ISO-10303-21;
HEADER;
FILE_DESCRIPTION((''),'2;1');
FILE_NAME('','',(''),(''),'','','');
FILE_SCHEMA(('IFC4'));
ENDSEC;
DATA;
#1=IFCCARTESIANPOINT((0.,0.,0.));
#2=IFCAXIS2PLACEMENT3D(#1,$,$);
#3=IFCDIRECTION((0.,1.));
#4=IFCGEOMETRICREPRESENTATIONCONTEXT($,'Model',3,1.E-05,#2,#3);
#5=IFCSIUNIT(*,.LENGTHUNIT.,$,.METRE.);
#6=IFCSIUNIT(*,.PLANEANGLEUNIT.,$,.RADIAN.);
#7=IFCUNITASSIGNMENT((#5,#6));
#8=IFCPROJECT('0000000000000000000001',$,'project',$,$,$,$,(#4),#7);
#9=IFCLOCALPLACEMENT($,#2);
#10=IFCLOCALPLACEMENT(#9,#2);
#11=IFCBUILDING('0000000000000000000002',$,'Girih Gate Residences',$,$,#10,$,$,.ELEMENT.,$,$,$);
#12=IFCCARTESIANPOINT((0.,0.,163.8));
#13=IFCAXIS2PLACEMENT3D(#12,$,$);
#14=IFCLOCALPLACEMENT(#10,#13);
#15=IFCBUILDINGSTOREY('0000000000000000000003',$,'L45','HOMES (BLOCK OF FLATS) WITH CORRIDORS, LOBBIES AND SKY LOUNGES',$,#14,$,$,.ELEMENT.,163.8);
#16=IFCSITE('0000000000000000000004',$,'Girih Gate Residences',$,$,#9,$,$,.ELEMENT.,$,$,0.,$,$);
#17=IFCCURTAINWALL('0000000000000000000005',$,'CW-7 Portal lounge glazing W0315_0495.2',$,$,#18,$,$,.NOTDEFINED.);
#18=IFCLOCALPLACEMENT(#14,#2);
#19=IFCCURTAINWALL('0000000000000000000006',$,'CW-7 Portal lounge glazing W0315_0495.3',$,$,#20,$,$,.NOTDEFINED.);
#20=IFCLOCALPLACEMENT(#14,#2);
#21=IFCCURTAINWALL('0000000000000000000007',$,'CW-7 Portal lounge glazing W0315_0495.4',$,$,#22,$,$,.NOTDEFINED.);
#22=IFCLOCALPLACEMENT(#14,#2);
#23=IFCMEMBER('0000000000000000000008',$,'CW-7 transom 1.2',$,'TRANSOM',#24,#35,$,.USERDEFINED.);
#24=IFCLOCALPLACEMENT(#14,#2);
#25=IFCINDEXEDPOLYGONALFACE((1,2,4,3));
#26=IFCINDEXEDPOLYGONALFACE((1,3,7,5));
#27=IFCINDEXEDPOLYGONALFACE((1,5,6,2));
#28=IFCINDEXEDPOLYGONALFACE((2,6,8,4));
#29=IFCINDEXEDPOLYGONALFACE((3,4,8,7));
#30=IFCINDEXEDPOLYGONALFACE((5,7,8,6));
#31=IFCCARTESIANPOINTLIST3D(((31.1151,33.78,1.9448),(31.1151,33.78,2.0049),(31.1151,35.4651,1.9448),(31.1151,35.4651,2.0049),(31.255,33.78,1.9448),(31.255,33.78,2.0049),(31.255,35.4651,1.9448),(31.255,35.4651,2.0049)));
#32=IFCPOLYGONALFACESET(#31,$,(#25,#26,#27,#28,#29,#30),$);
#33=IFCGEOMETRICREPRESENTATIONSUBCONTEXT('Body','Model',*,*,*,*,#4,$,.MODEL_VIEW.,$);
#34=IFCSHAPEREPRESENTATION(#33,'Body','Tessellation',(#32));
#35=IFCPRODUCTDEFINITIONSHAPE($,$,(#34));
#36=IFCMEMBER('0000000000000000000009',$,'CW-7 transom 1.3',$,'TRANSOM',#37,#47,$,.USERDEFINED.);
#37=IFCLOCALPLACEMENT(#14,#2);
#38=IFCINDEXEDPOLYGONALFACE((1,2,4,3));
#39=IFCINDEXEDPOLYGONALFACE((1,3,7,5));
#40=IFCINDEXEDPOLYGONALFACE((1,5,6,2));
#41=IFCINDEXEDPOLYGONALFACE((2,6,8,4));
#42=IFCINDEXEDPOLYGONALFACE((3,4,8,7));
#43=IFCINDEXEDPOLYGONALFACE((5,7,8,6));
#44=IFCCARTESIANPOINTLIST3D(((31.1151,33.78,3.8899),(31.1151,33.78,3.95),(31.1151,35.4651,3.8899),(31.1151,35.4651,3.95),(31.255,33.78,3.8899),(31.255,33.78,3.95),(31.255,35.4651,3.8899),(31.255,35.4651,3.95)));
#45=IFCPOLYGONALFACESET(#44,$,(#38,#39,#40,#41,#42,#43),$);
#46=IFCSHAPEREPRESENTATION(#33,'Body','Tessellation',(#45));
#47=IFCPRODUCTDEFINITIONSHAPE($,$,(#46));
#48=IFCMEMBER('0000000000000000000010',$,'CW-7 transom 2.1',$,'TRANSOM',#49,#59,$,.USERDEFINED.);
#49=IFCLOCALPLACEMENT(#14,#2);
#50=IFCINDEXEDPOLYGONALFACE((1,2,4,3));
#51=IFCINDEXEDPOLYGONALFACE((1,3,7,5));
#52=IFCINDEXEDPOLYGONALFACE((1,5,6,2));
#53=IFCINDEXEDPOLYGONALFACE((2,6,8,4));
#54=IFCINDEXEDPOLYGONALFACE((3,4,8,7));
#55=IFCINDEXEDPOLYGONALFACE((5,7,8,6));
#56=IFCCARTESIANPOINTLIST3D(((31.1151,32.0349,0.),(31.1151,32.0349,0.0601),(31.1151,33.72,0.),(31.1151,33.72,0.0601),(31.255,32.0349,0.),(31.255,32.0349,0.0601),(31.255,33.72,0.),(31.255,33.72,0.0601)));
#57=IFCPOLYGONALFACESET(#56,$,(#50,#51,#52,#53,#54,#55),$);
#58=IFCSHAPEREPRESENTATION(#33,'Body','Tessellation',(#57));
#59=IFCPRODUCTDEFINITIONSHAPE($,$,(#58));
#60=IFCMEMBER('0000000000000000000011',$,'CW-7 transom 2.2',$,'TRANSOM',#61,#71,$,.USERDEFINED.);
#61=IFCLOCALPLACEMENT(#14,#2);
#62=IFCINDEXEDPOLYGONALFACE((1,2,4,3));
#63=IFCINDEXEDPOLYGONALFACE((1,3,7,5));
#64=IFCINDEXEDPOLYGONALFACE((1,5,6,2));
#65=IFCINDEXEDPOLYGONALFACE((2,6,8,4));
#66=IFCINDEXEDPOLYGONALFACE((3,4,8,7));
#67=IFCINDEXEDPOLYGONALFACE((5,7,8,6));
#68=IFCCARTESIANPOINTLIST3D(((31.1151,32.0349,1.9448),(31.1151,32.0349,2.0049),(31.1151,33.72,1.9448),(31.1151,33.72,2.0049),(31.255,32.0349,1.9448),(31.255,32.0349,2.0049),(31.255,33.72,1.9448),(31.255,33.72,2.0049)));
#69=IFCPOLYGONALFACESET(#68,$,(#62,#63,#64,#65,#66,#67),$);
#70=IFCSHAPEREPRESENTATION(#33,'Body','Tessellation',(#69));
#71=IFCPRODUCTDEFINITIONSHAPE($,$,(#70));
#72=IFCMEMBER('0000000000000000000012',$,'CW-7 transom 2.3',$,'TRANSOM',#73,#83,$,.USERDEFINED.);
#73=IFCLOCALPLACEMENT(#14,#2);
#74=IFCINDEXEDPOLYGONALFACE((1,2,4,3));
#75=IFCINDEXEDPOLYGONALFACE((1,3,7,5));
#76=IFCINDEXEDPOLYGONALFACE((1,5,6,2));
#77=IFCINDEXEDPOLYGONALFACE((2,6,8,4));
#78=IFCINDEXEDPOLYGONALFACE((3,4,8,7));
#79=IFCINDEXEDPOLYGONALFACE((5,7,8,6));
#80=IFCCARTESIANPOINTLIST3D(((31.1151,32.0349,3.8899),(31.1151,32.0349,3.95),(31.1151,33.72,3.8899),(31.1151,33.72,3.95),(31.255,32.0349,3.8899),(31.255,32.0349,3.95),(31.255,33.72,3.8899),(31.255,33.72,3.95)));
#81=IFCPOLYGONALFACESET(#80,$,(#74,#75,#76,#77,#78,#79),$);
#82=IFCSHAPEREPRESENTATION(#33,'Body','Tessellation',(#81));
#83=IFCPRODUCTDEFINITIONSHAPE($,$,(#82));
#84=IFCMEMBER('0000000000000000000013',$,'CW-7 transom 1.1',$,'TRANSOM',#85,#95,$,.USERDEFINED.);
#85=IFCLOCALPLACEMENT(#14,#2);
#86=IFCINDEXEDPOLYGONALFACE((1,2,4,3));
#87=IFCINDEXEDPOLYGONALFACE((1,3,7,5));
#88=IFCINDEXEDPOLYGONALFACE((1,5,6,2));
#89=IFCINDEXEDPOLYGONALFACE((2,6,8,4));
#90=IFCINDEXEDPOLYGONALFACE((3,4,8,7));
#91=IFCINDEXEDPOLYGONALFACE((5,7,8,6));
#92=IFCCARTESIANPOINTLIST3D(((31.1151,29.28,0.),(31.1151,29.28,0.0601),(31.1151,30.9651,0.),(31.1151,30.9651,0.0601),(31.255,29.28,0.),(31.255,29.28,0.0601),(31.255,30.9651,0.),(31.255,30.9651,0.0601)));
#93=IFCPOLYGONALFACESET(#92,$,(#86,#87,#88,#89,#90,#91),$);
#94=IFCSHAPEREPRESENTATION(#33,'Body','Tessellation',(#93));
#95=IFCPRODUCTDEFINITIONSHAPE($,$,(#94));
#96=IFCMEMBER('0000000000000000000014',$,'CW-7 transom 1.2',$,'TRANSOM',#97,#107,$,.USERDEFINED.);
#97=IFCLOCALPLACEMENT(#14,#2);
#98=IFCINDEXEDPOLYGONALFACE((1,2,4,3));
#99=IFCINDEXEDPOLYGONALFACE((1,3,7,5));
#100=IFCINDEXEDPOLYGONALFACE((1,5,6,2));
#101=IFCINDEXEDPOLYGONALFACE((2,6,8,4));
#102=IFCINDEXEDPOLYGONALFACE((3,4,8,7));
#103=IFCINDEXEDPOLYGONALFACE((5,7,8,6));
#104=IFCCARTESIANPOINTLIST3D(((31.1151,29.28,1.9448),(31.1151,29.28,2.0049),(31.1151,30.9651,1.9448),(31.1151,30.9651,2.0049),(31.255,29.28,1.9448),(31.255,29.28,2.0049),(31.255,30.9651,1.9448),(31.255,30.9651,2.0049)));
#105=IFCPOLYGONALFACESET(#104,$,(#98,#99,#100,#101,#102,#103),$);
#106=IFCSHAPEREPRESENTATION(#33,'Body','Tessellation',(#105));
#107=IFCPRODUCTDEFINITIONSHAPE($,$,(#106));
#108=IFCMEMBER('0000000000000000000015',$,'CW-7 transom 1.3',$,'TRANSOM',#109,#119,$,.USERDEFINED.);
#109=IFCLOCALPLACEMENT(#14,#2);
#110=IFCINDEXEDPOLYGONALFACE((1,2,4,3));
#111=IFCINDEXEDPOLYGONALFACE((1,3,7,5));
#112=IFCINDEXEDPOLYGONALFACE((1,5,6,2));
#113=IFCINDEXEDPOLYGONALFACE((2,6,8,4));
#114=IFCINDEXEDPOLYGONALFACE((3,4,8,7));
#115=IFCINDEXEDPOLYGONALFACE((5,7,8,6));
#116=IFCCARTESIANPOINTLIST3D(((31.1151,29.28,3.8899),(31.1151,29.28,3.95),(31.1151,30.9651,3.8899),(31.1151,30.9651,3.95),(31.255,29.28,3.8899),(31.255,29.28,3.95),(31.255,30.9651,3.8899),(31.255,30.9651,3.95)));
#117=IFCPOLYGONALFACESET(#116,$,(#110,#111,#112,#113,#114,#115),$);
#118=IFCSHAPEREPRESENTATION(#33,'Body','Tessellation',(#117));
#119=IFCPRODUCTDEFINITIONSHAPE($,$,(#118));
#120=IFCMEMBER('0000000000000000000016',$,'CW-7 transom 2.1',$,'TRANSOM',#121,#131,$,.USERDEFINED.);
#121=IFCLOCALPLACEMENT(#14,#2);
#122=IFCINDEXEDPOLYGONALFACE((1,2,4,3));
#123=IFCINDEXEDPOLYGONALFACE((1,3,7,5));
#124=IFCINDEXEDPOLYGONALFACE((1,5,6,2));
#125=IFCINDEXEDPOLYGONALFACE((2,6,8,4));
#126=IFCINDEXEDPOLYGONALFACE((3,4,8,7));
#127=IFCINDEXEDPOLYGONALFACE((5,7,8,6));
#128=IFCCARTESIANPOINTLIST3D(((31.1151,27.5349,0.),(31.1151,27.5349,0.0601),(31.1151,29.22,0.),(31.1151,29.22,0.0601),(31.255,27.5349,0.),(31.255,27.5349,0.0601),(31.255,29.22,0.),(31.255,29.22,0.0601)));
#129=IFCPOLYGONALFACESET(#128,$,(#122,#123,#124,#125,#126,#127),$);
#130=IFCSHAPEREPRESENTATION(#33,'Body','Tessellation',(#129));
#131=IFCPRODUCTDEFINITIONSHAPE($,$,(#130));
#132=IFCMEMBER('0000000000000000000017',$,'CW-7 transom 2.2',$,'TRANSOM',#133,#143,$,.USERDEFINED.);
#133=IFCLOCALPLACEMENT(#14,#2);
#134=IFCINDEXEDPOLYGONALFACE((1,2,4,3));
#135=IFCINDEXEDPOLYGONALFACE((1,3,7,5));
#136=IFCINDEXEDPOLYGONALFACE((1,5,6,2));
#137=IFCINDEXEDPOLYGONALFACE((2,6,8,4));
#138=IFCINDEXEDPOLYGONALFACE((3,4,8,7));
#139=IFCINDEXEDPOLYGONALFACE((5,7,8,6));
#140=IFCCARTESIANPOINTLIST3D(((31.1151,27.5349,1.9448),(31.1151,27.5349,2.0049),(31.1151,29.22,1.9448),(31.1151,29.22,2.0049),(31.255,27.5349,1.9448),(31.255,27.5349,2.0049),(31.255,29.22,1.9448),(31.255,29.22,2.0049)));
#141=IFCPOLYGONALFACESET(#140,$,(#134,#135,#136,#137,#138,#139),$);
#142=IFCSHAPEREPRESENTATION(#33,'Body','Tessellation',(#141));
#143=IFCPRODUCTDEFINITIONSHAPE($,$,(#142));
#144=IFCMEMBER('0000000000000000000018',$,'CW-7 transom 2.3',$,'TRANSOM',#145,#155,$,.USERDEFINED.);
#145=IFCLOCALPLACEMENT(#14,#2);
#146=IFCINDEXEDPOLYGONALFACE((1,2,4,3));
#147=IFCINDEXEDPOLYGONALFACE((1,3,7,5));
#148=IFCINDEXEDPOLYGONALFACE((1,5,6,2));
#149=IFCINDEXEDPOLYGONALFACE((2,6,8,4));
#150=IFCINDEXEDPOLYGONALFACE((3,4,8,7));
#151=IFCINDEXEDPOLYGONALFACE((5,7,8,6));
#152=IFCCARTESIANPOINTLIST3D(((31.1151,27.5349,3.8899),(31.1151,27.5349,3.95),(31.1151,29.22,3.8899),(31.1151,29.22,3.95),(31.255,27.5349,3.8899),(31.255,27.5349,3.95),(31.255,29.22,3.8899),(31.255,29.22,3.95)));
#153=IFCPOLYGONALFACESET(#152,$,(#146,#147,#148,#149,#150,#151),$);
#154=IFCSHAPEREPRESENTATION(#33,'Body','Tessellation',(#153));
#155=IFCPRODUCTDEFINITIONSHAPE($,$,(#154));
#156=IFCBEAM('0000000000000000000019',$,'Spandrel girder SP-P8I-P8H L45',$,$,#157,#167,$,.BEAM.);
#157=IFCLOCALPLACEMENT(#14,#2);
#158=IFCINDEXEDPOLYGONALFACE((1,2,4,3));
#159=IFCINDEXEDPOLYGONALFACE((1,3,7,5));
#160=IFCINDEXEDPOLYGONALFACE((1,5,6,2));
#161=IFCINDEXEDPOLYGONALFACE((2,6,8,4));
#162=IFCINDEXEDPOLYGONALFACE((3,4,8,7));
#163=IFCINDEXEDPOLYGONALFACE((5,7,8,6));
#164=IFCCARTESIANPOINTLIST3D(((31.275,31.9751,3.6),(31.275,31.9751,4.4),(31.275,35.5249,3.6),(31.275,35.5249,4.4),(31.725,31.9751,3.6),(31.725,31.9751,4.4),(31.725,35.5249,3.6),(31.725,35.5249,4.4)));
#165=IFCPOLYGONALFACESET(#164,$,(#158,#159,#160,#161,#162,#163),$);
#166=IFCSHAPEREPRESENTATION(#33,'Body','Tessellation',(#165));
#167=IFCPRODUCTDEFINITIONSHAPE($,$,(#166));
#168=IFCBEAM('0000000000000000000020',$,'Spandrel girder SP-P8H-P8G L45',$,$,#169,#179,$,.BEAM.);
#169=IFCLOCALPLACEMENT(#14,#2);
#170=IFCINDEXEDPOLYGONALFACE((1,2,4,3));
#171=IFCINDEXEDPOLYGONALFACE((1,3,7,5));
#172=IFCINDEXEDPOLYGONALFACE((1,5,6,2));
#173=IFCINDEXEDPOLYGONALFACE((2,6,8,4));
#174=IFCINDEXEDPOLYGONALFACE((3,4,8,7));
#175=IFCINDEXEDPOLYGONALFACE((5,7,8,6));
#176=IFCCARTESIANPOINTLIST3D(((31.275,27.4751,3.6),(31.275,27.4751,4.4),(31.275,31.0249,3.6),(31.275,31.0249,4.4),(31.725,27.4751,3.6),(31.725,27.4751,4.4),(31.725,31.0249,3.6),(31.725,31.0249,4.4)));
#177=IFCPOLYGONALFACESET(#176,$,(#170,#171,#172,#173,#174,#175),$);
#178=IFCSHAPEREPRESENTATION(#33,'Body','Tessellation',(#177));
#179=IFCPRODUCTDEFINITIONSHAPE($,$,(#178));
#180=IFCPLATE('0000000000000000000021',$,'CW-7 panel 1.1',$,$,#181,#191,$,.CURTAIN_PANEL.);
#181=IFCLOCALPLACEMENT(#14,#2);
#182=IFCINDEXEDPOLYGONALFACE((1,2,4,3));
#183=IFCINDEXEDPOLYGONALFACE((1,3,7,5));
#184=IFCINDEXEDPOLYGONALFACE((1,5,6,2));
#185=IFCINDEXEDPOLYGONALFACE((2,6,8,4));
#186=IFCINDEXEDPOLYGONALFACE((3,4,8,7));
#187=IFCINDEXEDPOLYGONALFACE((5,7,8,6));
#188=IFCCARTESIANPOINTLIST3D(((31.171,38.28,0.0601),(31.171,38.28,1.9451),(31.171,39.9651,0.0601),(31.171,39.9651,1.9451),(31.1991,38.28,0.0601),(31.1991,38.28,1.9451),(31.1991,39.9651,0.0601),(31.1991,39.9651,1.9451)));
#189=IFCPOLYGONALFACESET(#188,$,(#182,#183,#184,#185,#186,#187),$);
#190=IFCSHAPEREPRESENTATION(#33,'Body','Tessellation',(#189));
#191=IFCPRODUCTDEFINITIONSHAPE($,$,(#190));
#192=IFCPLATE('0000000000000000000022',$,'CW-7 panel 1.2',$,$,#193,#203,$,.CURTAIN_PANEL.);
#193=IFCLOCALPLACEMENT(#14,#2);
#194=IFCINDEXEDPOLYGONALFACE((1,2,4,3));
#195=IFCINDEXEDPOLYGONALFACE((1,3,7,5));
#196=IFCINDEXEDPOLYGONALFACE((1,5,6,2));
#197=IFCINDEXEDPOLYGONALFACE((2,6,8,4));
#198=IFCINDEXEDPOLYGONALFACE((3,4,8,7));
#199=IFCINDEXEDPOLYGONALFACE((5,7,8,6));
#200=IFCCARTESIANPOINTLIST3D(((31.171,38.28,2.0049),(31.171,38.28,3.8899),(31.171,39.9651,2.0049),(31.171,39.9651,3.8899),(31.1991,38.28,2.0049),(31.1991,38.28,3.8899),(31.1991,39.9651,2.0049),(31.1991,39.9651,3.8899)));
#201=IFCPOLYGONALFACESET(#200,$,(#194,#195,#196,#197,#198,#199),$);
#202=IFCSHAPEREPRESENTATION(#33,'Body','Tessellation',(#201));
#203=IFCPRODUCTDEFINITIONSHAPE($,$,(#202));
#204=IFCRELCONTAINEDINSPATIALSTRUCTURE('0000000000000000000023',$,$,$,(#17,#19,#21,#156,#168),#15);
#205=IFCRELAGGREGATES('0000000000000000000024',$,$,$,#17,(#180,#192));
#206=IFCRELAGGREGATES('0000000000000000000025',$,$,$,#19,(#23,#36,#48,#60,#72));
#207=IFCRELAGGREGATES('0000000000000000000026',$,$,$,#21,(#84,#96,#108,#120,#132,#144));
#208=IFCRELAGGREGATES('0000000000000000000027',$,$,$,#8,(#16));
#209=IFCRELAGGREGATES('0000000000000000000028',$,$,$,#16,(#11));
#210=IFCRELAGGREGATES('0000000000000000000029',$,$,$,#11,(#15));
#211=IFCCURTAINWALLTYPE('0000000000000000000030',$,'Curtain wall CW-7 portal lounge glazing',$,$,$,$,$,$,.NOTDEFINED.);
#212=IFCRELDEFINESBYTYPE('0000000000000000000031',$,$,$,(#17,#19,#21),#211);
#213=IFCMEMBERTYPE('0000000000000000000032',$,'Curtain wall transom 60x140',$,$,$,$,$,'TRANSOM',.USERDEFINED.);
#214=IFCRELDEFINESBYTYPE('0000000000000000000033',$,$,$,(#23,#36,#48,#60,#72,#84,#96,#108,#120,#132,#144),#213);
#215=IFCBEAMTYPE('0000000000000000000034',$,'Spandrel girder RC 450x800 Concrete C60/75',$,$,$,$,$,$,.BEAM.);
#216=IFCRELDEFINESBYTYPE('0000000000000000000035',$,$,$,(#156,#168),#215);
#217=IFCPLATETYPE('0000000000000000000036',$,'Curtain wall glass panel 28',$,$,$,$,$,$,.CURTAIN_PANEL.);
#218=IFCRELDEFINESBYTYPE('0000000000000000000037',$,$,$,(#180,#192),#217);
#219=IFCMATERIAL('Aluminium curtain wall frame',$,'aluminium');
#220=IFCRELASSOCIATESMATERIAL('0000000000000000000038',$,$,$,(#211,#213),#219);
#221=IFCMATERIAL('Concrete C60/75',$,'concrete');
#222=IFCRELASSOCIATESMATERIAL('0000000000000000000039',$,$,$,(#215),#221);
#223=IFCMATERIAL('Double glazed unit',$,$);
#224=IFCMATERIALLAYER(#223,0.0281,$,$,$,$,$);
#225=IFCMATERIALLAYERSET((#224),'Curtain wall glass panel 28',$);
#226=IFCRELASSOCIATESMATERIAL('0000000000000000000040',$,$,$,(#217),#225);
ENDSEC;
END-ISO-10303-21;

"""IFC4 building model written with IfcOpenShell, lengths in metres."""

from ifc_helpers import new_model, si_unit, direction, frame, origin, origin_2d, place, context, subcontext, project, spatial, rectangle, extrude, material, layer, layer_set, material_profile, profile_set, type_object, element, aggregate, save


model = new_model("IFC4")

# Units and contexts
model_context = context("Model", 3, precision=1e-05, world=origin(), true_north=direction((0.0, 1.0)))
body_context = subcontext(model_context, "Body", "Model", "MODEL_VIEW")
ifc_project = project(units=[si_unit("LENGTHUNIT", "METRE"), si_unit("PLANEANGLEUNIT", "RADIAN")], contexts=[model_context])

# Site, building, storey
site_placement = place(None, origin())
site = spatial("IfcSite", under=ifc_project, at=site_placement, Name="Girih Gate Residences", CompositionType="ELEMENT", RefElevation=0.0)
building_placement = place(site_placement, origin())
building = spatial("IfcBuilding", under=site, at=building_placement, Name="Girih Gate Residences", CompositionType="ELEMENT")
storey_placement = place(building_placement, frame((0.0, 0.0, 163.8)))
storey = spatial("IfcBuildingStorey", under=building, at=storey_placement, Name="L45", Description="HOMES (BLOCK OF FLATS) WITH CORRIDORS, LOBBIES AND SKY LOUNGES", CompositionType="ELEMENT", Elevation=163.8)

# Curtain walls
ifc_material_1 = material(Name="Aluminium curtain wall frame", Category="aluminium")
curtain_wall_type = type_object("IfcCurtainWallType", Name="Curtain wall CW-7 portal lounge glazing", PredefinedType="NOTDEFINED", material=ifc_material_1)
curtain_wall_1_placement = place(storey_placement, origin())
curtain_wall_1 = element("IfcCurtainWall", 1, at=curtain_wall_1_placement, inside=storey, type_object=curtain_wall_type, Name="CW-7 Portal lounge glazing W0315_0495.2", PredefinedType="NOTDEFINED")
curtain_wall_2_placement = place(storey_placement, origin())
curtain_wall_2 = element("IfcCurtainWall", 2, at=curtain_wall_2_placement, inside=storey, type_object=curtain_wall_type, Name="CW-7 Portal lounge glazing W0315_0495.3", PredefinedType="NOTDEFINED")
curtain_wall_3_placement = place(storey_placement, origin())
curtain_wall_3 = element("IfcCurtainWall", 3, at=curtain_wall_3_placement, inside=storey, type_object=curtain_wall_type, Name="CW-7 Portal lounge glazing W0315_0495.4", PredefinedType="NOTDEFINED")

# Members
ifc_material_profile_1 = material_profile(ifc_material_1, rectangle(XDim=0.1399, YDim=0.0601, at=origin_2d()))
ifc_profile_set_1 = profile_set([ifc_material_profile_1], Name="Aluminium curtain wall frame")
member_type_1 = type_object("IfcMemberType", Name="Curtain wall transom 60x140", ElementType="TRANSOM", PredefinedType="USERDEFINED", material=ifc_profile_set_1)
member_1_placement = place(storey_placement, frame((31.1851, 35.4651, 1.9749), z_axis=(0.0, -1.0, 0.0), x_axis=(1.0, 0.0, 0.0)))
member_1 = element("IfcMember", 4, at=member_1_placement, type_object=member_type_1, Name="CW-7 transom 1.2", ObjectType="TRANSOM", PredefinedType="USERDEFINED", context=body_context, shape_type="SweptSolid", body=[
    extrude(rectangle(XDim=0.1399, YDim=0.0601, at=origin_2d()), origin(), (0.0, 0.0, 1.0), 1.6851),
])
member_2_placement = place(storey_placement, frame((31.1851, 35.4651, 3.9199), z_axis=(0.0, -1.0, 0.0), x_axis=(1.0, 0.0, 0.0)))
member_2 = element("IfcMember", 5, at=member_2_placement, type_object=member_type_1, Name="CW-7 transom 1.3", ObjectType="TRANSOM", PredefinedType="USERDEFINED", context=body_context, shape_type="SweptSolid", body=[
    extrude(rectangle(XDim=0.1399, YDim=0.0601, at=origin_2d()), origin(), (0.0, 0.0, 1.0), 1.6851),
])
member_3_placement = place(storey_placement, frame((31.1851, 33.72, 0.03), z_axis=(0.0, -1.0, 0.0), x_axis=(1.0, 0.0, 0.0)))
member_3 = element("IfcMember", 6, at=member_3_placement, type_object=member_type_1, Name="CW-7 transom 2.1", ObjectType="TRANSOM", PredefinedType="USERDEFINED", context=body_context, shape_type="SweptSolid", body=[
    extrude(rectangle(XDim=0.1399, YDim=0.0601, at=origin_2d()), origin(), (0.0, 0.0, 1.0), 1.6851),
])
member_4_placement = place(storey_placement, frame((31.1851, 33.72, 1.9749), z_axis=(0.0, -1.0, 0.0), x_axis=(1.0, 0.0, 0.0)))
member_4 = element("IfcMember", 7, at=member_4_placement, type_object=member_type_1, Name="CW-7 transom 2.2", ObjectType="TRANSOM", PredefinedType="USERDEFINED", context=body_context, shape_type="SweptSolid", body=[
    extrude(rectangle(XDim=0.1399, YDim=0.0601, at=origin_2d()), origin(), (0.0, 0.0, 1.0), 1.6851),
])
member_5_placement = place(storey_placement, frame((31.1851, 33.72, 3.9199), z_axis=(0.0, -1.0, 0.0), x_axis=(1.0, 0.0, 0.0)))
member_5 = element("IfcMember", 8, at=member_5_placement, type_object=member_type_1, Name="CW-7 transom 2.3", ObjectType="TRANSOM", PredefinedType="USERDEFINED", context=body_context, shape_type="SweptSolid", body=[
    extrude(rectangle(XDim=0.1399, YDim=0.0601, at=origin_2d()), origin(), (0.0, 0.0, 1.0), 1.6851),
])
member_6_placement = place(storey_placement, frame((31.1851, 30.9651, 0.03), z_axis=(0.0, -1.0, 0.0), x_axis=(1.0, 0.0, 0.0)))
member_6 = element("IfcMember", 9, at=member_6_placement, type_object=member_type_1, Name="CW-7 transom 1.1", ObjectType="TRANSOM", PredefinedType="USERDEFINED", context=body_context, shape_type="SweptSolid", body=[
    extrude(rectangle(XDim=0.1399, YDim=0.0601, at=origin_2d()), origin(), (0.0, 0.0, 1.0), 1.6851),
])
member_7_placement = place(storey_placement, frame((31.1851, 30.9651, 1.9749), z_axis=(0.0, -1.0, 0.0), x_axis=(1.0, 0.0, 0.0)))
member_7 = element("IfcMember", 10, at=member_7_placement, type_object=member_type_1, Name="CW-7 transom 1.2", ObjectType="TRANSOM", PredefinedType="USERDEFINED", context=body_context, shape_type="SweptSolid", body=[
    extrude(rectangle(XDim=0.1399, YDim=0.0601, at=origin_2d()), origin(), (0.0, 0.0, 1.0), 1.6851),
])
member_8_placement = place(storey_placement, frame((31.1851, 30.9651, 3.9199), z_axis=(0.0, -1.0, 0.0), x_axis=(1.0, 0.0, 0.0)))
member_8 = element("IfcMember", 11, at=member_8_placement, type_object=member_type_1, Name="CW-7 transom 1.3", ObjectType="TRANSOM", PredefinedType="USERDEFINED", context=body_context, shape_type="SweptSolid", body=[
    extrude(rectangle(XDim=0.1399, YDim=0.0601, at=origin_2d()), origin(), (0.0, 0.0, 1.0), 1.6851),
])
member_9_placement = place(storey_placement, frame((31.1851, 29.22, 0.03), z_axis=(0.0, -1.0, 0.0), x_axis=(1.0, 0.0, 0.0)))
member_9 = element("IfcMember", 12, at=member_9_placement, type_object=member_type_1, Name="CW-7 transom 2.1", ObjectType="TRANSOM", PredefinedType="USERDEFINED", context=body_context, shape_type="SweptSolid", body=[
    extrude(rectangle(XDim=0.1399, YDim=0.0601, at=origin_2d()), origin(), (0.0, 0.0, 1.0), 1.6851),
])
member_10_placement = place(storey_placement, frame((31.1851, 29.22, 1.9749), z_axis=(0.0, -1.0, 0.0), x_axis=(1.0, 0.0, 0.0)))
member_10 = element("IfcMember", 13, at=member_10_placement, type_object=member_type_1, Name="CW-7 transom 2.2", ObjectType="TRANSOM", PredefinedType="USERDEFINED", context=body_context, shape_type="SweptSolid", body=[
    extrude(rectangle(XDim=0.1399, YDim=0.0601, at=origin_2d()), origin(), (0.0, 0.0, 1.0), 1.6851),
])
member_11_placement = place(storey_placement, frame((31.1851, 29.22, 3.9199), z_axis=(0.0, -1.0, 0.0), x_axis=(1.0, 0.0, 0.0)))
member_11 = element("IfcMember", 14, at=member_11_placement, type_object=member_type_1, Name="CW-7 transom 2.3", ObjectType="TRANSOM", PredefinedType="USERDEFINED", context=body_context, shape_type="SweptSolid", body=[
    extrude(rectangle(XDim=0.1399, YDim=0.0601, at=origin_2d()), origin(), (0.0, 0.0, 1.0), 1.6851),
])

# Beams
ifc_material_2 = material(Name="Concrete C60/75", Category="concrete")
ifc_material_profile_2 = material_profile(ifc_material_2, rectangle(XDim=0.45, YDim=0.8, at=origin_2d()))
ifc_profile_set_2 = profile_set([ifc_material_profile_2], Name="Concrete C60/75")
beam_type = type_object("IfcBeamType", Name="Spandrel girder RC 450x800 Concrete C60/75", PredefinedType="BEAM", material=ifc_profile_set_2)
for number, where, z_axis, x_axis, name in (
    (15, (31.5, 35.5249, 4.0), (0.0, -1.0, 0.0), (1.0, 0.0, 0.0), "Spandrel girder SP-P8I-P8H L45"),
    (16, (31.5, 31.0249, 4.0), (0.0, -1.0, 0.0), (1.0, 0.0, 0.0), "Spandrel girder SP-P8H-P8G L45"),
):
    element("IfcBeam", number, at=place(storey_placement, frame(where, z_axis=z_axis, x_axis=x_axis)), inside=storey, type_object=beam_type, Name=name, PredefinedType="BEAM", context=body_context, shape_type="SweptSolid", body=[
        extrude(rectangle(XDim=0.45, YDim=0.8, at=origin_2d()), origin(), (0.0, 0.0, 1.0), 3.5498),
    ])

# Plates
ifc_material_3 = material(Name="Double glazed unit")
ifc_layer = layer(ifc_material_3, 0.0281)
ifc_layer_set = layer_set([ifc_layer], Name="Curtain wall glass panel 28")
plate_type = type_object("IfcPlateType", Name="Curtain wall glass panel 28", PredefinedType="CURTAIN_PANEL", material=ifc_layer_set)
plate_1_placement = place(storey_placement, frame((31.1851, 39.1226, 0.0601), z_axis=(0.0, 0.0, 1.0), x_axis=(0.0, -1.0, 0.0)))
plate_1 = element("IfcPlate", 17, at=plate_1_placement, type_object=plate_type, Name="CW-7 panel 1.1", PredefinedType="CURTAIN_PANEL", context=body_context, shape_type="SweptSolid", body=[
    extrude(rectangle(XDim=1.6851, YDim=0.0281, at=origin_2d()), origin(), (0.0, 0.0, 1.0), 1.885),
])
plate_2_placement = place(storey_placement, frame((31.1851, 39.1226, 2.0049), z_axis=(0.0, 0.0, 1.0), x_axis=(0.0, -1.0, 0.0)))
plate_2 = element("IfcPlate", 18, at=plate_2_placement, type_object=plate_type, Name="CW-7 panel 1.2", PredefinedType="CURTAIN_PANEL", context=body_context, shape_type="SweptSolid", body=[
    extrude(rectangle(XDim=1.6851, YDim=0.0281, at=origin_2d()), origin(), (0.0, 0.0, 1.0), 1.885),
])
aggregate(curtain_wall_1, [plate_1, plate_2])
aggregate(curtain_wall_2, [member_1, member_2, member_3, member_4, member_5])
aggregate(curtain_wall_3, [member_6, member_7, member_8, member_9, member_10, member_11])

save(model, "model.ifc")
